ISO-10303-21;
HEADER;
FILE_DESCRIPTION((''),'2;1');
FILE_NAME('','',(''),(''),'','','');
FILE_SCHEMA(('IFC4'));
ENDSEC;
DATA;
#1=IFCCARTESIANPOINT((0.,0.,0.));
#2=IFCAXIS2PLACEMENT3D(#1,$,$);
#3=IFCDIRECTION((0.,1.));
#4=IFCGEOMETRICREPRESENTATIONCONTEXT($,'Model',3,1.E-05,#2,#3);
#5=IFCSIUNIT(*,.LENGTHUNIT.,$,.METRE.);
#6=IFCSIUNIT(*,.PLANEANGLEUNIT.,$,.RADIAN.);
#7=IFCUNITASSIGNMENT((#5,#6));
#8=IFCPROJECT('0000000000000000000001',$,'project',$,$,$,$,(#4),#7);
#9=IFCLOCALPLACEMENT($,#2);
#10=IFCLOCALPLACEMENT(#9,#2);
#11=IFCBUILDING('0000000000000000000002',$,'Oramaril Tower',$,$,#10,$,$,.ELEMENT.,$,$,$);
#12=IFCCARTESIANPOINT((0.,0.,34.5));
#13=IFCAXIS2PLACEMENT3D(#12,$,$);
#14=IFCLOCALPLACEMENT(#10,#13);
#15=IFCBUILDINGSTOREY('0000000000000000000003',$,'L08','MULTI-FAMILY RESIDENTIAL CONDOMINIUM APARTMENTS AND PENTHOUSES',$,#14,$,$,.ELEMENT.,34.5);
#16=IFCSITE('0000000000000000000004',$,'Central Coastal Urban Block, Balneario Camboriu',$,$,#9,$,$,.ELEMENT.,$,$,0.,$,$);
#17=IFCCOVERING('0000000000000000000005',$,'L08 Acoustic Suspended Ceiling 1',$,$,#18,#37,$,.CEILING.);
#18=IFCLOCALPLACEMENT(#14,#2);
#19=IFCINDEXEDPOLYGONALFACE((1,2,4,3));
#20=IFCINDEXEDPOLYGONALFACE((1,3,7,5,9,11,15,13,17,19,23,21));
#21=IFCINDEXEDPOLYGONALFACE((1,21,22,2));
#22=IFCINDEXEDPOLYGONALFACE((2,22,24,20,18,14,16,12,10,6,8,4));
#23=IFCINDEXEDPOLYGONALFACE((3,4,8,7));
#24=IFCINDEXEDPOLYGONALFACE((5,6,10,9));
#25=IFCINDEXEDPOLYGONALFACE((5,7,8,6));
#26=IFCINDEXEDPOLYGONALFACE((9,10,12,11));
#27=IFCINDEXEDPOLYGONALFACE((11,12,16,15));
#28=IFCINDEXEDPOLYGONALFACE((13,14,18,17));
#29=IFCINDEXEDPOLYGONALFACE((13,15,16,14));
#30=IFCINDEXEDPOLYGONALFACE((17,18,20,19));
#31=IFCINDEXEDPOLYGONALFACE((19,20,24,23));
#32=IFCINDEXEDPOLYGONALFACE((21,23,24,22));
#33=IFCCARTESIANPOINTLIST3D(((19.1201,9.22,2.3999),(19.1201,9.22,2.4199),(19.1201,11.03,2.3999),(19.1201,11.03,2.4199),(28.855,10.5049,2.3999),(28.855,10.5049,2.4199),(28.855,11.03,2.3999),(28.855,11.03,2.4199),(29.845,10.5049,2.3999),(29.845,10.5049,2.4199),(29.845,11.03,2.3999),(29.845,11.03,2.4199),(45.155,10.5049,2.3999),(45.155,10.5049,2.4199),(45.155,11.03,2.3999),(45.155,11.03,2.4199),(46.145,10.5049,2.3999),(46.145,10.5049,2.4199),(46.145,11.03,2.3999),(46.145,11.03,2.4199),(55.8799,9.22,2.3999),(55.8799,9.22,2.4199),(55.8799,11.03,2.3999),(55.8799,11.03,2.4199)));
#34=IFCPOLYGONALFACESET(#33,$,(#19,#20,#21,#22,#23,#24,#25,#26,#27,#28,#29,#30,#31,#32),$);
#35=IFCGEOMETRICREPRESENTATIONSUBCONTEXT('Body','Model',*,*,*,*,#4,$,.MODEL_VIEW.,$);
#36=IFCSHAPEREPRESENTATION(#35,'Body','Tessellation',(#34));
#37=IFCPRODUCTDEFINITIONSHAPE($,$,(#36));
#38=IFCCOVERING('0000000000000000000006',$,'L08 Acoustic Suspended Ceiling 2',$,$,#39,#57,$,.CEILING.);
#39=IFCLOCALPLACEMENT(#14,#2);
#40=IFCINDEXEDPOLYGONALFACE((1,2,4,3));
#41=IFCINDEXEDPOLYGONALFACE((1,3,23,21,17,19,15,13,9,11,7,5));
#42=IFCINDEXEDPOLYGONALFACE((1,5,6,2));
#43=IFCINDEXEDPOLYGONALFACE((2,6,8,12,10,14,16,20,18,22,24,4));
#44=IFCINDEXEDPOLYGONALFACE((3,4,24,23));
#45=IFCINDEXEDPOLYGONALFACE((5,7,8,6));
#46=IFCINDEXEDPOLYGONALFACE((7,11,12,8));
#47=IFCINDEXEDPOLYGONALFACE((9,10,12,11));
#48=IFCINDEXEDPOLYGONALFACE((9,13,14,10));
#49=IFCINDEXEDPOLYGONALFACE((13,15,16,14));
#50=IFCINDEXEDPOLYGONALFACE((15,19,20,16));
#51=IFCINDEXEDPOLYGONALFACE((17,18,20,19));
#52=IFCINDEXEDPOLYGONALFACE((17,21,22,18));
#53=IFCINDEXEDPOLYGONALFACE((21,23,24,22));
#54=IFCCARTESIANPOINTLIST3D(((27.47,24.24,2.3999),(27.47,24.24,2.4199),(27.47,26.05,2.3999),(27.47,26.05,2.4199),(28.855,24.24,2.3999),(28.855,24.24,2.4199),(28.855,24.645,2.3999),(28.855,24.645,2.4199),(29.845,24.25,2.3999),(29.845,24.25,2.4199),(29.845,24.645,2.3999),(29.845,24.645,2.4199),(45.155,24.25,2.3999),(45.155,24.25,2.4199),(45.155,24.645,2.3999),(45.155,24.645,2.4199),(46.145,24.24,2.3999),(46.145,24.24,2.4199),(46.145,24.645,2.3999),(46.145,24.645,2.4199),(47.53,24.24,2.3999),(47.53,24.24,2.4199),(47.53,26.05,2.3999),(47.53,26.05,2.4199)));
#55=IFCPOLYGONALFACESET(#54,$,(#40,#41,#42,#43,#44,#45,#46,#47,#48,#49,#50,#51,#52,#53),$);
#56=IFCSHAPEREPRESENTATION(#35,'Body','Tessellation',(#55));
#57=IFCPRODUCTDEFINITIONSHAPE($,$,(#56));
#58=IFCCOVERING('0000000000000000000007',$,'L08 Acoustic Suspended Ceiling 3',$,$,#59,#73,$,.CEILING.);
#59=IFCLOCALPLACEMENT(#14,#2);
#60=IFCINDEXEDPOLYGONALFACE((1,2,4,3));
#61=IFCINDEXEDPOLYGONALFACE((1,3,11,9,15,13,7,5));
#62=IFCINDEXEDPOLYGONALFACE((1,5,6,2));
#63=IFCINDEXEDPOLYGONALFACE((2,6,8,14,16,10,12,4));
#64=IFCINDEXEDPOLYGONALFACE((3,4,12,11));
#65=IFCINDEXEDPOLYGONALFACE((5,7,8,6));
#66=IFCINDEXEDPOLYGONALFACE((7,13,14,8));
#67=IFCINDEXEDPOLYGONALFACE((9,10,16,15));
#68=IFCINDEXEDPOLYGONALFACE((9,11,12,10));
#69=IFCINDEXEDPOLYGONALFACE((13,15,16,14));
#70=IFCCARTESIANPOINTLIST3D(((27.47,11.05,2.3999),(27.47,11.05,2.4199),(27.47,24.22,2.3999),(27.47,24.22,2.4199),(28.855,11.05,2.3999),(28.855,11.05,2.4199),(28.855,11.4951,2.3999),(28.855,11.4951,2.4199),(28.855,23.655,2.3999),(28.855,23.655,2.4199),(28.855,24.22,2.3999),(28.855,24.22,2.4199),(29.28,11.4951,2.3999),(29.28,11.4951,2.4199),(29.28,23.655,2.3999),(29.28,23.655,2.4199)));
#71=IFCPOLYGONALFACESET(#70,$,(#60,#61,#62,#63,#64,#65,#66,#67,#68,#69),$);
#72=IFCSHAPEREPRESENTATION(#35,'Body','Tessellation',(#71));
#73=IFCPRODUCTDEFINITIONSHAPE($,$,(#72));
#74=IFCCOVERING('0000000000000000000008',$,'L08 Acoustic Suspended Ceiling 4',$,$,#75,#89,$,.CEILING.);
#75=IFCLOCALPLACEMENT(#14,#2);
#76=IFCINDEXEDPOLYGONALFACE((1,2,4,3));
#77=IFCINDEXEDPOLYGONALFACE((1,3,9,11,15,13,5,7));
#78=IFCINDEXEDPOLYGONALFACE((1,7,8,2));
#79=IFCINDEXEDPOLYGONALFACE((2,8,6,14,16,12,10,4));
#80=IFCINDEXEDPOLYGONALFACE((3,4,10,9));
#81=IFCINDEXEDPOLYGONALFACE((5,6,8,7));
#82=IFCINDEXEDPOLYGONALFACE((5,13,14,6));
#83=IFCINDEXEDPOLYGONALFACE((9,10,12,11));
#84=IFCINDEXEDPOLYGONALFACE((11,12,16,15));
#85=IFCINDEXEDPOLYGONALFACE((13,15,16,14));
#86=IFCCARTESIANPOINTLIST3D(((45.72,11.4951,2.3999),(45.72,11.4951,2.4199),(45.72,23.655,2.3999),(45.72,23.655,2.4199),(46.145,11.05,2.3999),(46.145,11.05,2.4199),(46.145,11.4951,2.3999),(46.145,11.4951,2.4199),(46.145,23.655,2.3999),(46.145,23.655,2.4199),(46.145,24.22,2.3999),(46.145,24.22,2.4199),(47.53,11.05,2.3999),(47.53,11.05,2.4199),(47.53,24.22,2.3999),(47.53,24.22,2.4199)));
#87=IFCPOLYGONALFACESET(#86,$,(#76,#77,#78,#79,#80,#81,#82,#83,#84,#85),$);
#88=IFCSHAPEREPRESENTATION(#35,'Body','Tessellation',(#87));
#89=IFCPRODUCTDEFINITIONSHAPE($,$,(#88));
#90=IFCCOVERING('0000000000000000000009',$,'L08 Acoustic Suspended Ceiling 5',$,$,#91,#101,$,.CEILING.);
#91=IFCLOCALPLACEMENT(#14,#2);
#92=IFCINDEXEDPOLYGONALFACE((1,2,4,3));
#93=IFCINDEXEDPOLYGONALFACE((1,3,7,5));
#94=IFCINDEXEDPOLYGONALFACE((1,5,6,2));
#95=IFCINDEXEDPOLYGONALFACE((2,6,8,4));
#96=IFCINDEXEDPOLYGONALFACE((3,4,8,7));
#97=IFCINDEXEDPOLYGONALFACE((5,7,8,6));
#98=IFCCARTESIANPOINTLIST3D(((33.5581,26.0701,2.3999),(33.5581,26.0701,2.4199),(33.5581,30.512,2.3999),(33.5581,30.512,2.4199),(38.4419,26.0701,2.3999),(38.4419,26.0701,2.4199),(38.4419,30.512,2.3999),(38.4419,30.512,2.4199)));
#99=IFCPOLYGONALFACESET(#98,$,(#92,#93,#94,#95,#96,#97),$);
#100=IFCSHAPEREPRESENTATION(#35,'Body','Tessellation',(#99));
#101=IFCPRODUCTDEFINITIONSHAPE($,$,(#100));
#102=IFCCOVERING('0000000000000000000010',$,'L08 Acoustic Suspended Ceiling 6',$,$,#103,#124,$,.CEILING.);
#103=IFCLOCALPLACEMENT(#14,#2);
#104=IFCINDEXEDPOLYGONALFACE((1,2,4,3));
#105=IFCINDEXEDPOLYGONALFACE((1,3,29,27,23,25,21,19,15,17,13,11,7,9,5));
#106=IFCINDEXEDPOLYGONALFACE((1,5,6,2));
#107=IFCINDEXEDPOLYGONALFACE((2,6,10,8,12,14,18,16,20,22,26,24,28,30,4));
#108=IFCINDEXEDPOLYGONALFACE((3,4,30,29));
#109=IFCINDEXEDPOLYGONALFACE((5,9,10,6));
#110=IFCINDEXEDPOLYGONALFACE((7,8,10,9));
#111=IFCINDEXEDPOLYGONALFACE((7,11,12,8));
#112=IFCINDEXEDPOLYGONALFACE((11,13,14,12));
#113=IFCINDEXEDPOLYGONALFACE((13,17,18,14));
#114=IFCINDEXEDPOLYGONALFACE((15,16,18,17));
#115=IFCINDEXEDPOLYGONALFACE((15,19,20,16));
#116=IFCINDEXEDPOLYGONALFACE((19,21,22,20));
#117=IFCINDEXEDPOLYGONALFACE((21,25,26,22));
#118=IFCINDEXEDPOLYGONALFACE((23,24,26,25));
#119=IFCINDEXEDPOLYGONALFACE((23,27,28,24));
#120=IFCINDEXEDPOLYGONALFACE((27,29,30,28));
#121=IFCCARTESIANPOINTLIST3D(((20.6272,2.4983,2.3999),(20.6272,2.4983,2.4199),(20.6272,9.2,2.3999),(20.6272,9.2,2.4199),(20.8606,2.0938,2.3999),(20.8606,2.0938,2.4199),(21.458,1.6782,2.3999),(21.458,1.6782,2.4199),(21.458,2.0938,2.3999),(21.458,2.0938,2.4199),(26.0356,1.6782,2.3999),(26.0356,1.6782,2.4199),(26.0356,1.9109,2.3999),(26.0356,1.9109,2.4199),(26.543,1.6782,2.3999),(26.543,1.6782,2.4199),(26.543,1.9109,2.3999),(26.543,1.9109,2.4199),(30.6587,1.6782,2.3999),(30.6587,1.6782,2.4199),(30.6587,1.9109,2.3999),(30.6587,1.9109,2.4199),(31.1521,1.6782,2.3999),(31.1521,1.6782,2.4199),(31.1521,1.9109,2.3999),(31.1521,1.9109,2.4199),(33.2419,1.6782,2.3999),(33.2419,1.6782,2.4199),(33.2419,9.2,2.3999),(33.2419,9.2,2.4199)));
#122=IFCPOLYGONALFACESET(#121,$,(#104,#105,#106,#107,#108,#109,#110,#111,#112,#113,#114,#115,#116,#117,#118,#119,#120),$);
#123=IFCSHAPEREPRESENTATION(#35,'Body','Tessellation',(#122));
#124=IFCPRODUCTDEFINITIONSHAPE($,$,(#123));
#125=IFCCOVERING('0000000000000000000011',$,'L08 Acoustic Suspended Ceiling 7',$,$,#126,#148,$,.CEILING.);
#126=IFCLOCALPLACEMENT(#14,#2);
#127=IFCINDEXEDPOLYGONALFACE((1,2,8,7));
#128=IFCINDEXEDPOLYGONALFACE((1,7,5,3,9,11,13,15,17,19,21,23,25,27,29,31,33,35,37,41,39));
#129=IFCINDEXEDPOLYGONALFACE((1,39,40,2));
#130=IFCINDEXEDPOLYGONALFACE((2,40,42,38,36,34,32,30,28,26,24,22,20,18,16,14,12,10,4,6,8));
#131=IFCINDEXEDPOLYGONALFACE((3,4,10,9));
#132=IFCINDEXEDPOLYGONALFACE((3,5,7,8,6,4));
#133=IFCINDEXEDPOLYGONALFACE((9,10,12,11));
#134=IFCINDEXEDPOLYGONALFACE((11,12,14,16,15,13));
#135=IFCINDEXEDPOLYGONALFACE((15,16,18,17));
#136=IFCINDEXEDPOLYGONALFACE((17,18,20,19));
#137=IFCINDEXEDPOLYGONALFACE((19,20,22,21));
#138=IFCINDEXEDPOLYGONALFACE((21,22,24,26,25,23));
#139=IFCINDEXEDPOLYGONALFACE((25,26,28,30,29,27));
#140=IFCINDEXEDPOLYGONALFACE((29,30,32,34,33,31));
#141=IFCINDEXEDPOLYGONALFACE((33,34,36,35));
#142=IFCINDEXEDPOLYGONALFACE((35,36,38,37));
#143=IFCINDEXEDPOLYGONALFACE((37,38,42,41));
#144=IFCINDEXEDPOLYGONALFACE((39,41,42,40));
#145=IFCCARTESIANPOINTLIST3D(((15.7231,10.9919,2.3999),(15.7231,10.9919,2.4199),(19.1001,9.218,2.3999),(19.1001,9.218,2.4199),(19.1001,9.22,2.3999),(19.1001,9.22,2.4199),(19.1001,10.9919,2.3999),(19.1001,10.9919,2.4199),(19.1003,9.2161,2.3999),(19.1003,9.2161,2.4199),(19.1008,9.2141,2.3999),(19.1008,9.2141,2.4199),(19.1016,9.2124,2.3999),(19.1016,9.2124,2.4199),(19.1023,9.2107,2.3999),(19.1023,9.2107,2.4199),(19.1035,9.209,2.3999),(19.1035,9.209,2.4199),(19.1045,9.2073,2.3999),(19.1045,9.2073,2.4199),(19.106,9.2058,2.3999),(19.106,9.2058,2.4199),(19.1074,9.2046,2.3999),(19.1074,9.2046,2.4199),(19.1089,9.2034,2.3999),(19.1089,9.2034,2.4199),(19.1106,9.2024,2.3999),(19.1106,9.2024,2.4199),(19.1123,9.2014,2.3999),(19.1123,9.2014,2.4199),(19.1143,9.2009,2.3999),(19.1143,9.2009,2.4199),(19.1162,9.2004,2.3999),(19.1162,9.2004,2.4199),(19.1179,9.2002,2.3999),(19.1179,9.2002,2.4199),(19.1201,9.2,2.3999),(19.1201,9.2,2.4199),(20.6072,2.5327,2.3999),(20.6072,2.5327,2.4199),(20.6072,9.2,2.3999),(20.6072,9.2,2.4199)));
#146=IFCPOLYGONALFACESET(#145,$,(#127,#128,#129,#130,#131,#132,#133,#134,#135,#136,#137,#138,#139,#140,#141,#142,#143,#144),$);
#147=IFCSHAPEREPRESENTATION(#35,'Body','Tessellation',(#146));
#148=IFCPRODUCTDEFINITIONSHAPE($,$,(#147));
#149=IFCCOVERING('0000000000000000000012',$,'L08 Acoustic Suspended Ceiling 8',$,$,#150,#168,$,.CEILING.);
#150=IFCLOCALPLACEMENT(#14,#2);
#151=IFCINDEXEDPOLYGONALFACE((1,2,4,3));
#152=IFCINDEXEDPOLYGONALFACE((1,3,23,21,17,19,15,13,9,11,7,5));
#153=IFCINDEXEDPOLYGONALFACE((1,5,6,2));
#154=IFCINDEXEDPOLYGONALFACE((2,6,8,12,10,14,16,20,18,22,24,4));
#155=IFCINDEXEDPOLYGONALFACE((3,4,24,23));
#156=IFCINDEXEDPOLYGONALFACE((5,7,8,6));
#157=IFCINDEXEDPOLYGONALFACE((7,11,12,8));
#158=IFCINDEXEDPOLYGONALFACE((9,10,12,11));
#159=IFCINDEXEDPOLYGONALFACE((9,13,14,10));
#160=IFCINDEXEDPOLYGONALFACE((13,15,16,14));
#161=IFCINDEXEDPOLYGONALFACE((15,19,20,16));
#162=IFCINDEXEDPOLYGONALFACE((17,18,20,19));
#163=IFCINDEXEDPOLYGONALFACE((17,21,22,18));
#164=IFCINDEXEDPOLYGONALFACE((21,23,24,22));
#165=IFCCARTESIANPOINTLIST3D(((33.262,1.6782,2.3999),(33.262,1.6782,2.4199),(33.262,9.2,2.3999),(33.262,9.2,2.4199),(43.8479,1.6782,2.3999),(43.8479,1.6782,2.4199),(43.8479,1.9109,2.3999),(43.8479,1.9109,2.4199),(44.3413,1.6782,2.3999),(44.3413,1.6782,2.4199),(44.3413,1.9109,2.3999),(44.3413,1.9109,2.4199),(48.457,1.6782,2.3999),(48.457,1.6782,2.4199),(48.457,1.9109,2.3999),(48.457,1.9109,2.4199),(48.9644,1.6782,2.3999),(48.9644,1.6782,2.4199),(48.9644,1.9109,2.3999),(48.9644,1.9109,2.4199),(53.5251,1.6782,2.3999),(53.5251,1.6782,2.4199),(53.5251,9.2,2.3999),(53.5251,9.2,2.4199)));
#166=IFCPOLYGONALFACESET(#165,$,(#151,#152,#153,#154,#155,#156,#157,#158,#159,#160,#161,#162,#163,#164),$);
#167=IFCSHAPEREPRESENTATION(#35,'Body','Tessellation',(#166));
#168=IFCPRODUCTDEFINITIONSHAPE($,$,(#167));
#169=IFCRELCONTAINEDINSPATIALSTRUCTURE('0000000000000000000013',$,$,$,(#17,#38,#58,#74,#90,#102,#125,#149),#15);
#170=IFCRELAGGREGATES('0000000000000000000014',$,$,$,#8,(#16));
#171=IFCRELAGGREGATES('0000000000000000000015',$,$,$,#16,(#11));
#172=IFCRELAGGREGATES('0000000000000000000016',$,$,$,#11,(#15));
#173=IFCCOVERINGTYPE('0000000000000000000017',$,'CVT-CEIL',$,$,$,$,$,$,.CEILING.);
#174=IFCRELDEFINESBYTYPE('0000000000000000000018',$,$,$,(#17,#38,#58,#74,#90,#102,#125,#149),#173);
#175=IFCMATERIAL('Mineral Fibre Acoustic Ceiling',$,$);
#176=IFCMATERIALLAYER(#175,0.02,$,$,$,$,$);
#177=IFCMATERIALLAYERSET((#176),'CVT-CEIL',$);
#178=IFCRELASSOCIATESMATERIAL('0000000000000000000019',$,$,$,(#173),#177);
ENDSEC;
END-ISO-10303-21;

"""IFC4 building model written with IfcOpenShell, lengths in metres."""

from ifc_helpers import new_model, si_unit, direction, frame, origin, place, context, subcontext, project, spatial, polyline, outline, extrude, material, layer, layer_set, type_object, element, save


model = new_model("IFC4")

# Units and contexts
model_context = context("Model", 3, precision=1e-05, world=origin(), true_north=direction((0.0, 1.0)))
body_context = subcontext(model_context, "Body", "Model", "MODEL_VIEW")
ifc_project = project(units=[si_unit("LENGTHUNIT", "METRE"), si_unit("PLANEANGLEUNIT", "RADIAN")], contexts=[model_context])

# Site, building, storey
site_placement = place(None, origin())
site = spatial("IfcSite", under=ifc_project, at=site_placement, Name="Central Coastal Urban Block, Balneario Camboriu", CompositionType="ELEMENT", RefElevation=0.0)
building_placement = place(site_placement, origin())
building = spatial("IfcBuilding", under=site, at=building_placement, Name="Oramaril Tower", CompositionType="ELEMENT")
storey_placement = place(building_placement, frame((0.0, 0.0, 34.5)))
storey = spatial("IfcBuildingStorey", under=building, at=storey_placement, Name="L08", Description="MULTI-FAMILY RESIDENTIAL CONDOMINIUM APARTMENTS AND PENTHOUSES", CompositionType="ELEMENT", Elevation=34.5)

# Coverings
ifc_material_1 = material(Name="Mineral Fibre Acoustic Ceiling")
ifc_layer_1 = layer(ifc_material_1, 0.02)
ifc_layer_set_1 = layer_set([ifc_layer_1], Name="CVT-CEIL")
covering_type_1 = type_object("IfcCoveringType", Name="CVT-CEIL", PredefinedType="CEILING", material=ifc_layer_set_1)
covering_1_placement = place(storey_placement, frame((0.0, 0.0, 2.3999)))
element("IfcCovering", 1, at=covering_1_placement, inside=storey, type_object=covering_type_1, Name="L08 Acoustic Suspended Ceiling 1", PredefinedType="CEILING", context=body_context, shape_type="SweptSolid", body=[
    extrude(outline(polyline([(28.855, 10.5049), (29.845, 10.5049), (29.845, 11.03), (45.155, 11.03), (45.155, 10.5049), (46.145, 10.5049), (46.145, 11.03), (55.8799, 11.03), (55.8799, 9.22), (19.1201, 9.22), (19.1201, 11.03), (28.855, 11.03), (28.855, 10.5049)])), origin(), (0.0, 0.0, 1.0), 0.02),
])
covering_2_placement = place(storey_placement, frame((0.0, 0.0, 2.3999)))
element("IfcCovering", 2, at=covering_2_placement, inside=storey, type_object=covering_type_1, Name="L08 Acoustic Suspended Ceiling 2", PredefinedType="CEILING", context=body_context, shape_type="SweptSolid", body=[
    extrude(outline(polyline([(47.53, 24.24), (46.145, 24.24), (46.145, 24.645), (45.155, 24.645), (45.155, 24.25), (29.845, 24.25), (29.845, 24.645), (28.855, 24.645), (28.855, 24.24), (27.47, 24.24), (27.47, 26.05), (47.53, 26.05), (47.53, 24.24)])), origin(), (0.0, 0.0, 1.0), 0.02),
])
covering_3_placement = place(storey_placement, frame((0.0, 0.0, 2.3999)))
element("IfcCovering", 3, at=covering_3_placement, inside=storey, type_object=covering_type_1, Name="L08 Acoustic Suspended Ceiling 3", PredefinedType="CEILING", context=body_context, shape_type="SweptSolid", body=[
    extrude(outline(polyline([(28.855, 23.655), (29.28, 23.655), (29.28, 11.4951), (28.855, 11.4951), (28.855, 11.05), (27.47, 11.05), (27.47, 24.22), (28.855, 24.22), (28.855, 23.655)])), origin(), (0.0, 0.0, 1.0), 0.02),
])
covering_4_placement = place(storey_placement, frame((0.0, 0.0, 2.3999)))
element("IfcCovering", 4, at=covering_4_placement, inside=storey, type_object=covering_type_1, Name="L08 Acoustic Suspended Ceiling 4", PredefinedType="CEILING", context=body_context, shape_type="SweptSolid", body=[
    extrude(outline(polyline([(47.53, 11.05), (46.145, 11.05), (46.145, 11.4951), (45.72, 11.4951), (45.72, 23.655), (46.145, 23.655), (46.145, 24.22), (47.53, 24.22), (47.53, 11.05)])), origin(), (0.0, 0.0, 1.0), 0.02),
])
covering_5_placement = place(storey_placement, frame((0.0, 0.0, 2.3999)))
element("IfcCovering", 5, at=covering_5_placement, inside=storey, type_object=covering_type_1, Name="L08 Acoustic Suspended Ceiling 5", PredefinedType="CEILING", context=body_context, shape_type="SweptSolid", body=[
    extrude(outline(polyline([(38.4419, 30.512), (38.4419, 26.0701), (33.5581, 26.0701), (33.5581, 30.512), (38.4419, 30.512)])), origin(), (0.0, 0.0, 1.0), 0.02),
])
covering_6_placement = place(storey_placement, frame((0.0, 0.0, 2.3999)))
element("IfcCovering", 6, at=covering_6_placement, inside=storey, type_object=covering_type_1, Name="L08 Acoustic Suspended Ceiling 6", PredefinedType="CEILING", context=body_context, shape_type="SweptSolid", body=[
    extrude(outline(polyline([(31.1521, 1.9109), (30.6587, 1.9109), (30.6587, 1.6782), (26.543, 1.6782), (26.543, 1.9109), (26.0356, 1.9109), (26.0356, 1.6782), (21.458, 1.6782), (21.458, 2.0938), (20.8606, 2.0938), (20.6272, 2.4983), (20.6272, 9.2), (33.2419, 9.2), (33.2419, 1.6782), (31.1521, 1.6782), (31.1521, 1.9109)])), origin(), (0.0, 0.0, 1.0), 0.02),
])
covering_7_placement = place(storey_placement, frame((0.0, 0.0, 2.3999)))
element("IfcCovering", 7, at=covering_7_placement, inside=storey, type_object=covering_type_1, Name="L08 Acoustic Suspended Ceiling 7", PredefinedType="CEILING", context=body_context, shape_type="SweptSolid", body=[
    extrude(outline(polyline([(15.7231, 10.9919), (19.1001, 10.9919), (19.1001, 9.22), (19.1001, 9.218), (19.1003, 9.2161), (19.1008, 9.2141), (19.1016, 9.2124), (19.1023, 9.2107), (19.1035, 9.209), (19.1045, 9.2073), (19.106, 9.2058), (19.1074, 9.2046), (19.1089, 9.2034), (19.1106, 9.2024), (19.1123, 9.2014), (19.1143, 9.2009), (19.1162, 9.2004), (19.1179, 9.2002), (19.1201, 9.2), (20.6072, 9.2), (20.6072, 2.5327), (15.7231, 10.9919)])), origin(), (0.0, 0.0, 1.0), 0.02),
])
covering_8_placement = place(storey_placement, frame((0.0, 0.0, 2.3999)))
element("IfcCovering", 8, at=covering_8_placement, inside=storey, type_object=covering_type_1, Name="L08 Acoustic Suspended Ceiling 8", PredefinedType="CEILING", context=body_context, shape_type="SweptSolid", body=[
    extrude(outline(polyline([(48.9644, 1.6782), (48.9644, 1.9109), (48.457, 1.9109), (48.457, 1.6782), (44.3413, 1.6782), (44.3413, 1.9109), (43.8479, 1.9109), (43.8479, 1.6782), (33.262, 1.6782), (33.262, 9.2), (53.5251, 9.2), (53.5251, 1.6782), (48.9644, 1.6782)])), origin(), (0.0, 0.0, 1.0), 0.02),
])

save(model, "model.ifc")
